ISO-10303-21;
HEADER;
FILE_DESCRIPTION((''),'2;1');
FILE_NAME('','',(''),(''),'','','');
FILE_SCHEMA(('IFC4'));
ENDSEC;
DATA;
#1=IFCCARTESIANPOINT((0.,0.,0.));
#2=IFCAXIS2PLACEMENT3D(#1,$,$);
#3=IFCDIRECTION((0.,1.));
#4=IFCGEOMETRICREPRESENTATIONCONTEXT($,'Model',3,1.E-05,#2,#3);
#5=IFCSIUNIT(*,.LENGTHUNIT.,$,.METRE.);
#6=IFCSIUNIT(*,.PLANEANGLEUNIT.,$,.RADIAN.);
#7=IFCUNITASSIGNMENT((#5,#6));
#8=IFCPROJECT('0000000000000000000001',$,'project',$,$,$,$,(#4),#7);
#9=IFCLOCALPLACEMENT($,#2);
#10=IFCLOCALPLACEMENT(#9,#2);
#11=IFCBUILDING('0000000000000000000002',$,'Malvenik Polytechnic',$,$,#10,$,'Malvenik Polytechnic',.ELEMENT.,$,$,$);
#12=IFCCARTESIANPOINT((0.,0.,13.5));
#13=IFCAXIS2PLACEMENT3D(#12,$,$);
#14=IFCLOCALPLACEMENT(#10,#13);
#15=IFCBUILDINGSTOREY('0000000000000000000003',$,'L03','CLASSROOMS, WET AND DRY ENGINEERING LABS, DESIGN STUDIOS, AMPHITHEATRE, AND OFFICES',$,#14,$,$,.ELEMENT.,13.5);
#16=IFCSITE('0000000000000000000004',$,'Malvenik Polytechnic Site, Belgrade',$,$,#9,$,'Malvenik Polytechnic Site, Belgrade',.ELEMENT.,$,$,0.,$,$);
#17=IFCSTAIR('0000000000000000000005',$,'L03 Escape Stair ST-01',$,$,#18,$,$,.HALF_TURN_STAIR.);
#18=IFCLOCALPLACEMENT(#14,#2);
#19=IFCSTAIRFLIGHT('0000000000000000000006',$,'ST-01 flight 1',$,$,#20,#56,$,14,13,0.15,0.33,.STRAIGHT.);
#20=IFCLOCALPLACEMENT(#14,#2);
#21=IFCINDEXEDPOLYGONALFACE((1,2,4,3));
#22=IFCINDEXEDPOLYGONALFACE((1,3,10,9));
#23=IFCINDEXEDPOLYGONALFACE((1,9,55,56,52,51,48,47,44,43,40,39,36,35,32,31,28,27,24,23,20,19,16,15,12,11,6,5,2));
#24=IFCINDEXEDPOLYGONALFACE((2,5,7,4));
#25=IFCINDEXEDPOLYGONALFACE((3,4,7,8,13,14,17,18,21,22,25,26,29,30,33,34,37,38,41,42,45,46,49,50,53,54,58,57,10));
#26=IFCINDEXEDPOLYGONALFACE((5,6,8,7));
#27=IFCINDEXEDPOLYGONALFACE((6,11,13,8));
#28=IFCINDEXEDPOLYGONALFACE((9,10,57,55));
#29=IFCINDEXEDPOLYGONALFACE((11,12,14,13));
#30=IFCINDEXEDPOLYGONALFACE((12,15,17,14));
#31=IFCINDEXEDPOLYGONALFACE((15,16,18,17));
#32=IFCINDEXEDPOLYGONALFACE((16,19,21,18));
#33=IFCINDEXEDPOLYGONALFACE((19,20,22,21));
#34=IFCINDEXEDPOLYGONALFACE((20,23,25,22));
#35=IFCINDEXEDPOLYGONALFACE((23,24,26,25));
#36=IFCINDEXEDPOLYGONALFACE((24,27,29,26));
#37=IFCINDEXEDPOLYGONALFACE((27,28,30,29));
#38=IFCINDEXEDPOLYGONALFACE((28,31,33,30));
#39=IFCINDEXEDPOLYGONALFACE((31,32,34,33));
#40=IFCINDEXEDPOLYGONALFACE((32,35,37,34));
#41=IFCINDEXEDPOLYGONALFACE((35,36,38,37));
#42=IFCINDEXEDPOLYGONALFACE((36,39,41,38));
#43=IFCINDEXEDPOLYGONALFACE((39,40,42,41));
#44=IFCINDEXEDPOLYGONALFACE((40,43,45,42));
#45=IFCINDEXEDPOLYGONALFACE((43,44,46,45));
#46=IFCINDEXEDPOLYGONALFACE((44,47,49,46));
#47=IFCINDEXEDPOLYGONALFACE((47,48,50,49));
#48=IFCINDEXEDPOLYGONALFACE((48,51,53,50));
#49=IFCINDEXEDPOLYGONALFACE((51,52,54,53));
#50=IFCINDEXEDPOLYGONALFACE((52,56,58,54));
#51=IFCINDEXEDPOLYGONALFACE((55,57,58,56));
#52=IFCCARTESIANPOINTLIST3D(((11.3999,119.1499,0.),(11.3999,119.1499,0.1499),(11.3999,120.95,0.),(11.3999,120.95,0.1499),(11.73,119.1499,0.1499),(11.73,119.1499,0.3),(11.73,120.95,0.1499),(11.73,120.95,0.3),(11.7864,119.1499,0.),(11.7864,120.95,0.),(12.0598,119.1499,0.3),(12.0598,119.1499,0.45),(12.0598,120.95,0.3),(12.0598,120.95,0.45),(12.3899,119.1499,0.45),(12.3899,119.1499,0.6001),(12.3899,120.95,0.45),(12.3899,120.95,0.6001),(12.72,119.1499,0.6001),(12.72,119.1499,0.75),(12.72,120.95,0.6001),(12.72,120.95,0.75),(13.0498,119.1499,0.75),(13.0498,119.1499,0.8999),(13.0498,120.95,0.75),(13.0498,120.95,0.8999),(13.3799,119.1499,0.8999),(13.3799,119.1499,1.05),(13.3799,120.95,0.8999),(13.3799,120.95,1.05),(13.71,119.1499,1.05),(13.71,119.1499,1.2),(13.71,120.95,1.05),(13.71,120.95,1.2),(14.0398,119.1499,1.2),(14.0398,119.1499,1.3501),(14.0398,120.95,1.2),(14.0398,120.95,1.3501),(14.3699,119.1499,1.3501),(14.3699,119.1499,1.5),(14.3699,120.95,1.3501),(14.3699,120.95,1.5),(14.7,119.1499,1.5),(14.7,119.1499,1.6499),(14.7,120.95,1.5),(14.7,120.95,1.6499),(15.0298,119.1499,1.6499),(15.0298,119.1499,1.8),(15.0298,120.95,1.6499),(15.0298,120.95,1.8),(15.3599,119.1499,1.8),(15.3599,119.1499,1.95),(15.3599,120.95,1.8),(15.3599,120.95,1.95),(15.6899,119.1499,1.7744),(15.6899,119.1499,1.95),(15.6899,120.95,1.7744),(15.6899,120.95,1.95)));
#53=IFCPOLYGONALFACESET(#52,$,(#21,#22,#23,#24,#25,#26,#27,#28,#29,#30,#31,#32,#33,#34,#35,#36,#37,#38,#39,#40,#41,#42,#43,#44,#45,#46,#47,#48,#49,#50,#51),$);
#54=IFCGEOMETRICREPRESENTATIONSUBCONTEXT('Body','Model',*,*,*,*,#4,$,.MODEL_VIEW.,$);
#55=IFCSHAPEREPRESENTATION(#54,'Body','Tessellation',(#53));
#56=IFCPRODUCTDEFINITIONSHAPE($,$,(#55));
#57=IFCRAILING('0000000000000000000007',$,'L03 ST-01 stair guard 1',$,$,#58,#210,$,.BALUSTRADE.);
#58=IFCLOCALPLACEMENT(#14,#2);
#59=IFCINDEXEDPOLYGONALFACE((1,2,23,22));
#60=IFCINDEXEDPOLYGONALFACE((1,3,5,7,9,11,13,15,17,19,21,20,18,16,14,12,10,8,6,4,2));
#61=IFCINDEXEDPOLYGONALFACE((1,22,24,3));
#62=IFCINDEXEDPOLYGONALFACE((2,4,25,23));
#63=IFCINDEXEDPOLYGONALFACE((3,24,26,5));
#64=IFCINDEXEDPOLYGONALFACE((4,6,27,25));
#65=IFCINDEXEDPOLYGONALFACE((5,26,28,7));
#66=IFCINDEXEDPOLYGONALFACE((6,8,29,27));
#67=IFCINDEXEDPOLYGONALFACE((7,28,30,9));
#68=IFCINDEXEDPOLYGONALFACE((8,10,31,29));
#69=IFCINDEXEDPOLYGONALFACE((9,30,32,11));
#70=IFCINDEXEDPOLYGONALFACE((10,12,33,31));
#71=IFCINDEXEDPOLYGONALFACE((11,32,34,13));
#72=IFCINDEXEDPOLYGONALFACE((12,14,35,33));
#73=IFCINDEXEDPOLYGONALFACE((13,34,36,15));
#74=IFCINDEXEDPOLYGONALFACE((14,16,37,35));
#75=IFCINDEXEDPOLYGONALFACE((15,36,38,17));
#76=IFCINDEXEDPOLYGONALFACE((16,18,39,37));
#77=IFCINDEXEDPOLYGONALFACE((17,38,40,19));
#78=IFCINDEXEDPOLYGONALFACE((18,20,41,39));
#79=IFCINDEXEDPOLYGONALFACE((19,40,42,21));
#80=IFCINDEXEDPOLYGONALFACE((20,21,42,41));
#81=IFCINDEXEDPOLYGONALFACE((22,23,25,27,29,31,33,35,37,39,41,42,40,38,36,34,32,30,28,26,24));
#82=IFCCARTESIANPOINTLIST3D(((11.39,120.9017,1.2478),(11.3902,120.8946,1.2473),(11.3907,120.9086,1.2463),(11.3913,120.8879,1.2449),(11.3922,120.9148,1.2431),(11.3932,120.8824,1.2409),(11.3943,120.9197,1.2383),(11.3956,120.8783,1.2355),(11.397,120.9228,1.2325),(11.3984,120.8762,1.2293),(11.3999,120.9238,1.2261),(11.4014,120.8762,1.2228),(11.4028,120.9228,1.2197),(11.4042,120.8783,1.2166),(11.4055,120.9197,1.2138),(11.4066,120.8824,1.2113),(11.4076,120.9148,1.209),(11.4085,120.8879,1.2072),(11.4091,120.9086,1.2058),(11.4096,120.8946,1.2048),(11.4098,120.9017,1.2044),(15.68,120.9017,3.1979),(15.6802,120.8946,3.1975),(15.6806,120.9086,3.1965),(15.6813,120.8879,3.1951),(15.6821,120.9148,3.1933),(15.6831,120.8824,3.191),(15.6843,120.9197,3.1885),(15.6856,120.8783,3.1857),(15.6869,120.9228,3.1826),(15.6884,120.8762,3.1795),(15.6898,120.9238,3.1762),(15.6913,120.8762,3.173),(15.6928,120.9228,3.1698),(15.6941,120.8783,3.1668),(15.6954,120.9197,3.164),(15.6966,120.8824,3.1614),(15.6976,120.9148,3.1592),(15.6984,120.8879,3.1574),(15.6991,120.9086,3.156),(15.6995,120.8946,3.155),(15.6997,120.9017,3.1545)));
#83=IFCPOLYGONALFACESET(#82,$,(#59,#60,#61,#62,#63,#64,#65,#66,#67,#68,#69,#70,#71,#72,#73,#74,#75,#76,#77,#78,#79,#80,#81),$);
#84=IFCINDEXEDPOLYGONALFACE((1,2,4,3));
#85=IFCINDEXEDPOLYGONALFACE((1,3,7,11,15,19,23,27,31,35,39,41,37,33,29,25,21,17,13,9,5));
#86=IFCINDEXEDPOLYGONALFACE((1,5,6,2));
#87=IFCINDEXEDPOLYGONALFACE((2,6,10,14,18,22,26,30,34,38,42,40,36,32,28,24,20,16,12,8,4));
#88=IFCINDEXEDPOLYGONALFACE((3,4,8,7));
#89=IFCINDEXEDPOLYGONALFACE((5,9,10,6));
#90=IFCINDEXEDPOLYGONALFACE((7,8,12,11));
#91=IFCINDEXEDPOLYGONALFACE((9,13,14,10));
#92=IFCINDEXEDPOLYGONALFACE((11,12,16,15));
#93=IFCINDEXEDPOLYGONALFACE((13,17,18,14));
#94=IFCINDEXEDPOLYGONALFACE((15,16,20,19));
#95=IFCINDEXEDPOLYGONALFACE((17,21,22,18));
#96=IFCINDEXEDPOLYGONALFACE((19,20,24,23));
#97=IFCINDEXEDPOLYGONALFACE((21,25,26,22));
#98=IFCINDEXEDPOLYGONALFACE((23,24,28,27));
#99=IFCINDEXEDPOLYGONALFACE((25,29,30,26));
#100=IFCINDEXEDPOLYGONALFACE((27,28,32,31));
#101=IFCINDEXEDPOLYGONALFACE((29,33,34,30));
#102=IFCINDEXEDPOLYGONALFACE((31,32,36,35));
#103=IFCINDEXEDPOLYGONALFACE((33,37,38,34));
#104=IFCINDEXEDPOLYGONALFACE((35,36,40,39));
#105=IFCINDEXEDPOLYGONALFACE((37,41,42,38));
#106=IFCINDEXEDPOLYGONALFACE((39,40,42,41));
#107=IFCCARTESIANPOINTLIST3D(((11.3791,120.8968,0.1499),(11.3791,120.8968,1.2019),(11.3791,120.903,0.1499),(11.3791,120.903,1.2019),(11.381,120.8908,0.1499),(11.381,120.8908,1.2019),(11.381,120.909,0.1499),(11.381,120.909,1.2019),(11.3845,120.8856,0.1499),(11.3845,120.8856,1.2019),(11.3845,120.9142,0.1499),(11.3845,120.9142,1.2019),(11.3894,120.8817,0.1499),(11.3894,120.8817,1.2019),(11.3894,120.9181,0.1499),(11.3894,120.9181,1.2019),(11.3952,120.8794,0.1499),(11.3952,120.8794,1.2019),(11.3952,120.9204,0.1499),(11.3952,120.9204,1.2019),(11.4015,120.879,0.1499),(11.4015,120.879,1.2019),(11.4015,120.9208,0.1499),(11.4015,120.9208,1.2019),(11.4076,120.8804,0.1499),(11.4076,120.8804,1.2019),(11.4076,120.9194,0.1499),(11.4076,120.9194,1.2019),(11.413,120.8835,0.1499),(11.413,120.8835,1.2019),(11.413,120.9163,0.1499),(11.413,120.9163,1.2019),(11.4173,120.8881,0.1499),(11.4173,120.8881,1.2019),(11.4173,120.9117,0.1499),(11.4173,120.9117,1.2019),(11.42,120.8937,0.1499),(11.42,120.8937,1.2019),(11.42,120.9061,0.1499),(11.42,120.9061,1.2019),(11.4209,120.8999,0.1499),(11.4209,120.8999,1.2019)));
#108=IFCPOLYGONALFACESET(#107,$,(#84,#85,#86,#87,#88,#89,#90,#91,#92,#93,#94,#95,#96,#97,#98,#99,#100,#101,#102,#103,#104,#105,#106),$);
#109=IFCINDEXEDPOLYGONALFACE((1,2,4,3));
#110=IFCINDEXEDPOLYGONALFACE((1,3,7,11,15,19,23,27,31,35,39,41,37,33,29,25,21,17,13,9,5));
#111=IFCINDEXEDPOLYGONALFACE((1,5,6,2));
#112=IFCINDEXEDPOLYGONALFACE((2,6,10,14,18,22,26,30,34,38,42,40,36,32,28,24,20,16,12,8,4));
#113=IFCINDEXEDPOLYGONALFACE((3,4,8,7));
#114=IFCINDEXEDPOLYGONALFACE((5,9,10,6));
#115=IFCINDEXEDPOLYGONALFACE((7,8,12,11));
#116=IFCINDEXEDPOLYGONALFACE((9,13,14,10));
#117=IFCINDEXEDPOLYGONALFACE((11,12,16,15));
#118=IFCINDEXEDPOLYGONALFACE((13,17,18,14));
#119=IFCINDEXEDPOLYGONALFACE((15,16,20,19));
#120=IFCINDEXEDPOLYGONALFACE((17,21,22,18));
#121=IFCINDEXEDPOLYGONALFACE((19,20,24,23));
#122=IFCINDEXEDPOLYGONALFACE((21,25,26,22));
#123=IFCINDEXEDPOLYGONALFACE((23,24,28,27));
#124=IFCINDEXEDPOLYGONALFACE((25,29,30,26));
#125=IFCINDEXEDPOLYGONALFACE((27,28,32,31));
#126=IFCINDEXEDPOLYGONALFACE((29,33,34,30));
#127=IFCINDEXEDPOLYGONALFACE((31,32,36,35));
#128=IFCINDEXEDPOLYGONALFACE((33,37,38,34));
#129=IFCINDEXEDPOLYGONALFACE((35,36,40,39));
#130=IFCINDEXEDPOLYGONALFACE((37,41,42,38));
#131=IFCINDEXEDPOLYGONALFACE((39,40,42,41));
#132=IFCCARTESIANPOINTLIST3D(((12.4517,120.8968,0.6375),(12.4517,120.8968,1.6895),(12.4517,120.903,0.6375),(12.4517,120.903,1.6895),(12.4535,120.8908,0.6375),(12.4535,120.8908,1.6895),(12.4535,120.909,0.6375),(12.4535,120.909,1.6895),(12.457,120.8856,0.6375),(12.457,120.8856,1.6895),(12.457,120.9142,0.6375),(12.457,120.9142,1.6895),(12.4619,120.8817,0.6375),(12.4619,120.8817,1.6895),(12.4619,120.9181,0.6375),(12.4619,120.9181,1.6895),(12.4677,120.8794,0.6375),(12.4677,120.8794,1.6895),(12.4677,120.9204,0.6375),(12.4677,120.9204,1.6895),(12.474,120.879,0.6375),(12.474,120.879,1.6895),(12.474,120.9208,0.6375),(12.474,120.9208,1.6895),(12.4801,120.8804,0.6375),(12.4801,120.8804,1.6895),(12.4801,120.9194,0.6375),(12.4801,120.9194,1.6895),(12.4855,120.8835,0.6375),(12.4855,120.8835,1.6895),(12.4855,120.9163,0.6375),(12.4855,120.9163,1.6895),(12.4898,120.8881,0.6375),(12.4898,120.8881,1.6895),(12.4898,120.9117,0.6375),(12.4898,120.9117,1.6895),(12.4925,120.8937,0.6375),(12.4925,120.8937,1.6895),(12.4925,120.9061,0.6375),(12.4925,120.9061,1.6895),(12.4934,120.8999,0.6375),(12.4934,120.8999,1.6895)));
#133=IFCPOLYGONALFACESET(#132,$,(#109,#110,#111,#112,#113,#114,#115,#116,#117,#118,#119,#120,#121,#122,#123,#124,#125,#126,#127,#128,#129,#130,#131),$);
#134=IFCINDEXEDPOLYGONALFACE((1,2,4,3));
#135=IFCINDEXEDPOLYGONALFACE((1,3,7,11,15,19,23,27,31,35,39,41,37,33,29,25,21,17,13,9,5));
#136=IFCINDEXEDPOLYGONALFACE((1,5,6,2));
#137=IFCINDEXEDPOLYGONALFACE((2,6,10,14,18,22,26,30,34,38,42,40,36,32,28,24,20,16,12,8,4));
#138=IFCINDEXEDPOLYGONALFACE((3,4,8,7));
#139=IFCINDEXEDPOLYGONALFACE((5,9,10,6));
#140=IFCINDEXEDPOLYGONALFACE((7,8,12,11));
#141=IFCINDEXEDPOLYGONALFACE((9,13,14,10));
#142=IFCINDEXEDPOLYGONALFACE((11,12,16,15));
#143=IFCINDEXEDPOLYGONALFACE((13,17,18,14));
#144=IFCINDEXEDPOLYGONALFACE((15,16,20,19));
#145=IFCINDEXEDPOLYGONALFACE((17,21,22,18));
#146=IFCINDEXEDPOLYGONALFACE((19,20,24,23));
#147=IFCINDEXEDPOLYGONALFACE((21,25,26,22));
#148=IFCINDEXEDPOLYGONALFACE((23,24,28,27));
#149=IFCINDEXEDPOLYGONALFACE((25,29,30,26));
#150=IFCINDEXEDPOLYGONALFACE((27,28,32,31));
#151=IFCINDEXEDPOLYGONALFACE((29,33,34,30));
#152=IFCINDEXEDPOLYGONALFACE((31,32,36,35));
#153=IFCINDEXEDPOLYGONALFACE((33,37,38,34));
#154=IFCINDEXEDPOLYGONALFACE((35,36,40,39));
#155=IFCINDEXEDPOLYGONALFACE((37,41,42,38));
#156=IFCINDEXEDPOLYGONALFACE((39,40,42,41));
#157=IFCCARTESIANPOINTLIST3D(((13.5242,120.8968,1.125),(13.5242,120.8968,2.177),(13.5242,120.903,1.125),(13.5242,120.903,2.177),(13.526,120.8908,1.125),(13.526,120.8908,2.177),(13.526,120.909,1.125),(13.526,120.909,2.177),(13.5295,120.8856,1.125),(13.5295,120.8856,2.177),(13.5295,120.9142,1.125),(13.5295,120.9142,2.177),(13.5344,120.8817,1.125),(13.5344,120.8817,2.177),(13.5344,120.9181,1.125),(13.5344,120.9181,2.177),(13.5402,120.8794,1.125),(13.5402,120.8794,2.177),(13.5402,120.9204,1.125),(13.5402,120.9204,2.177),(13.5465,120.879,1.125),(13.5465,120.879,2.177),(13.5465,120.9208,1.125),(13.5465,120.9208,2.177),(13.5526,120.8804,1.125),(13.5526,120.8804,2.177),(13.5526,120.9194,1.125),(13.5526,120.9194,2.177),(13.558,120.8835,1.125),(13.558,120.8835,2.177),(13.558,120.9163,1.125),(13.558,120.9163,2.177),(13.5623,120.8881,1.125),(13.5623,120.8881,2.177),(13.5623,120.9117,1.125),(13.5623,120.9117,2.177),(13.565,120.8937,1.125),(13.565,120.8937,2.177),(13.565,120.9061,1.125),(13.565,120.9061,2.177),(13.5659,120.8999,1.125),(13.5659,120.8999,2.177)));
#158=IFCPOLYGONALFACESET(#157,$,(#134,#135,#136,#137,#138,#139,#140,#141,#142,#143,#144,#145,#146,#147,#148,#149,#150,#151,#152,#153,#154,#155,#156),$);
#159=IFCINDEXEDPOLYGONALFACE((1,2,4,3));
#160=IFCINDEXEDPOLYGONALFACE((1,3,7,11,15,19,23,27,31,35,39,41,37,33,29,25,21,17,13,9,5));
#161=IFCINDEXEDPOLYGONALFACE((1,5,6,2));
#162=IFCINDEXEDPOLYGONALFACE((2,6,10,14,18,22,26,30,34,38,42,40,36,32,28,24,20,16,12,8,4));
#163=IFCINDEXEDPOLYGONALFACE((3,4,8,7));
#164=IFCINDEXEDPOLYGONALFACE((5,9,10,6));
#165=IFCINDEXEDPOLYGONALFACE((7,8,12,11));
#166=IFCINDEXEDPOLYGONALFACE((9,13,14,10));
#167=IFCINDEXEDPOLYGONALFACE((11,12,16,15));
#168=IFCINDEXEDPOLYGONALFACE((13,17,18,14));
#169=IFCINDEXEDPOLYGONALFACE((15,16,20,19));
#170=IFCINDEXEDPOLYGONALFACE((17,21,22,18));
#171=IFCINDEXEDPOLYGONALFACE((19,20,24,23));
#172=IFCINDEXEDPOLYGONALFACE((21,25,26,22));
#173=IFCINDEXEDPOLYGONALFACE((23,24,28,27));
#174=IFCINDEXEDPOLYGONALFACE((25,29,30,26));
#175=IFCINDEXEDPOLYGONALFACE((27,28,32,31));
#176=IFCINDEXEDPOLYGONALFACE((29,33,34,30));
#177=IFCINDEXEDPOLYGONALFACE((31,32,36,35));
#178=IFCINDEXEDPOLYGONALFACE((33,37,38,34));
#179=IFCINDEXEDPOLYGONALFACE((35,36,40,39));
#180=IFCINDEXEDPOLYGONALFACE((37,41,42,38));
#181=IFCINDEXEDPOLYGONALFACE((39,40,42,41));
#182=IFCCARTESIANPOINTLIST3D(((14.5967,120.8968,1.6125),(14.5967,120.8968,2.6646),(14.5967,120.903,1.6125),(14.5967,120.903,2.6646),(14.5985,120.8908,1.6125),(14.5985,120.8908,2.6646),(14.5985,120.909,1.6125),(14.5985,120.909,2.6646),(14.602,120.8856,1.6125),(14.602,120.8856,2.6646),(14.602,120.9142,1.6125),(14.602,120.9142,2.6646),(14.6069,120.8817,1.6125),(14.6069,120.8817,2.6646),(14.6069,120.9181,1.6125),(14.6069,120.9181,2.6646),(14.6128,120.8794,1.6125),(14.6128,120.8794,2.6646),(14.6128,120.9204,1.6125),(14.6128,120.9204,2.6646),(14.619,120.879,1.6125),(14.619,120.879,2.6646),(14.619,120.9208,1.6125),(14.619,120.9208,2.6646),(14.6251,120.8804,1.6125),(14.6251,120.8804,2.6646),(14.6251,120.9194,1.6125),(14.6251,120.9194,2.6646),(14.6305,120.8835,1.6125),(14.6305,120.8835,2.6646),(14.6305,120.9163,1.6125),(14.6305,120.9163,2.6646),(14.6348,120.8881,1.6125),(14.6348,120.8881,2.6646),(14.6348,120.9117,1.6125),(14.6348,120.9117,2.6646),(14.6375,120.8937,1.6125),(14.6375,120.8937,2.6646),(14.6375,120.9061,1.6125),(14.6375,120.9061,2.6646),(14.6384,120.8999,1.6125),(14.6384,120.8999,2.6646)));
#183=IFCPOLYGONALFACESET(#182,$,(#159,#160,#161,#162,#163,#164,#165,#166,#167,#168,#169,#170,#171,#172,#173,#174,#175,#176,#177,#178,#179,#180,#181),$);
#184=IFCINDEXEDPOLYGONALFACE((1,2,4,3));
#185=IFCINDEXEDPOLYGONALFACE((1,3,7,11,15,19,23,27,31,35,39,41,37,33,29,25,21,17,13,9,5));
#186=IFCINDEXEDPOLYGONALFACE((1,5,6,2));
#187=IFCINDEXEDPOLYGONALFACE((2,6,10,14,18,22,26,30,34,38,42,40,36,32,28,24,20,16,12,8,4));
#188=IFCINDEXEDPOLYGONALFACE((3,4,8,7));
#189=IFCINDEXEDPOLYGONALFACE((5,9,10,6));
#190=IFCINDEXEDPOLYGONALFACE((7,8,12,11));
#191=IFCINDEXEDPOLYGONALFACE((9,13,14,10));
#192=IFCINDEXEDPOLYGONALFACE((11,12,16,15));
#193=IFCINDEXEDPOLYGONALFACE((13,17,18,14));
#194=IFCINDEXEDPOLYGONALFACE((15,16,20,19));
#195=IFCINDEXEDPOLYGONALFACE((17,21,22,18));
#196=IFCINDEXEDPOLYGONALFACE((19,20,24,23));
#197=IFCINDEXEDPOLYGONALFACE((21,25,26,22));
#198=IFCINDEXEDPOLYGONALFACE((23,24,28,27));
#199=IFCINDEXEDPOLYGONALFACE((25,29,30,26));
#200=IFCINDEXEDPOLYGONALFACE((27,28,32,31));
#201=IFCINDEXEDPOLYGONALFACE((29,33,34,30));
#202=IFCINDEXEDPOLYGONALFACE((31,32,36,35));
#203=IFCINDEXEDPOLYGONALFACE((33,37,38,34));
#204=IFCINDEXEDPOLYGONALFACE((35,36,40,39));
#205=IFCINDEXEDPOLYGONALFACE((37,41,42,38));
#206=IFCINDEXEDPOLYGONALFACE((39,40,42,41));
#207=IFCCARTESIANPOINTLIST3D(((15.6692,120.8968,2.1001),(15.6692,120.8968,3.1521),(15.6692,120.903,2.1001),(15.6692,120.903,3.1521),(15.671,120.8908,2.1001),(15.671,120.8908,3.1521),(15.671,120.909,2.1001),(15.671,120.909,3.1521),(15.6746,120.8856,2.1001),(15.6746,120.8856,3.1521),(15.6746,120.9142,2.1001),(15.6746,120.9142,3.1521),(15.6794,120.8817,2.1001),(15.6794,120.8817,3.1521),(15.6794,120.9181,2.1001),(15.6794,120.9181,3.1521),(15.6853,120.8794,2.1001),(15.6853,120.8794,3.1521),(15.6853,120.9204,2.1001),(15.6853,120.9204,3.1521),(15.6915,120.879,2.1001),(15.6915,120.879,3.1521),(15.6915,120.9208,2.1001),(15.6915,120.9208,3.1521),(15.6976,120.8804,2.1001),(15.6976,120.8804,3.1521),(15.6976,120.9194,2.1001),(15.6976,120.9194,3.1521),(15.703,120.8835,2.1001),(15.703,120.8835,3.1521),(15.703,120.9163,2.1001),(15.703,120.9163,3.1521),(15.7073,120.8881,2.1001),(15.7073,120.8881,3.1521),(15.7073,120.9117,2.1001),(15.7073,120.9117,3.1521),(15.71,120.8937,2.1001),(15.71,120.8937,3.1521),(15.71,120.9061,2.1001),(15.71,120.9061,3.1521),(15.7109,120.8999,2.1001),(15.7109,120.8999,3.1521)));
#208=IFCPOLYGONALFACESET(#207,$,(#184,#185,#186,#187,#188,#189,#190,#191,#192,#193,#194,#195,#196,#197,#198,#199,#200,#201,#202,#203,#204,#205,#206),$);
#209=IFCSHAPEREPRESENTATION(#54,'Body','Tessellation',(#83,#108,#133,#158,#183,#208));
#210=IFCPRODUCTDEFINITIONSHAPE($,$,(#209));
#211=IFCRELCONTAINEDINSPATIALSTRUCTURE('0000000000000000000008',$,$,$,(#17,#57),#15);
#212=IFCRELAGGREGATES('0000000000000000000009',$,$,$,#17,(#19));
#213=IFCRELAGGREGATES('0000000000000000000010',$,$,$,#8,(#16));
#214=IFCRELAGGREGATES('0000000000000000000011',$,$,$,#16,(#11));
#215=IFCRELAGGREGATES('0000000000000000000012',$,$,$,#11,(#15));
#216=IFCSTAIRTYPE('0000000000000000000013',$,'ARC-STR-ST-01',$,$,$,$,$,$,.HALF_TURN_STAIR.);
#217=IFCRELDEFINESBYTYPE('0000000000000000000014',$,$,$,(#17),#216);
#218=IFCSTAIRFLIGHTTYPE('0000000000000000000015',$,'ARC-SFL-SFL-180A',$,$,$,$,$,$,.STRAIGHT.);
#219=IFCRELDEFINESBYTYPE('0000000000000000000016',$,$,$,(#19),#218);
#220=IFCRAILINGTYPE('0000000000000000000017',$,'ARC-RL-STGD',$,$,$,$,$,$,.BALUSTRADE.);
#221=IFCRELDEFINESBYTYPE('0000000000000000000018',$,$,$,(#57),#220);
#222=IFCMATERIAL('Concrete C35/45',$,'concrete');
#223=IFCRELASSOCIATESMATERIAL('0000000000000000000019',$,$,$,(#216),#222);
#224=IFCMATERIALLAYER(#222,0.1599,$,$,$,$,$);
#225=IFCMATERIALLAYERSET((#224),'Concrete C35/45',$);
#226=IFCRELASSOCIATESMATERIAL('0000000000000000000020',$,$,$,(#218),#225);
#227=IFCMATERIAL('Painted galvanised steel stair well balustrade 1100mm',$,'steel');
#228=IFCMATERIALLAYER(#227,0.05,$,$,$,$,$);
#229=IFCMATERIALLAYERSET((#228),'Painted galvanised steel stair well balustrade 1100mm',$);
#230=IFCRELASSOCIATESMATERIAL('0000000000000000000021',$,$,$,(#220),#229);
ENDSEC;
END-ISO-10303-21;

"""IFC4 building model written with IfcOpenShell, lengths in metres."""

from ifc_helpers import new_model, si_unit, direction, frame, origin, origin_2d, place, context, subcontext, project, spatial, polyline, circle, outline, extrude, material, layer, layer_set, type_object, element, aggregate, save


model = new_model("IFC4")

# Units and contexts
model_context = context("Model", 3, precision=1e-05, world=origin(), true_north=direction((0.0, 1.0)))
body_context = subcontext(model_context, "Body", "Model", "MODEL_VIEW")
ifc_project = project(units=[si_unit("LENGTHUNIT", "METRE"), si_unit("PLANEANGLEUNIT", "RADIAN")], contexts=[model_context])

# Site, building, storey
site_placement = place(None, origin())
site = spatial("IfcSite", under=ifc_project, at=site_placement, Name="Malvenik Polytechnic Site, Belgrade", LongName="Malvenik Polytechnic Site, Belgrade", CompositionType="ELEMENT", RefElevation=0.0)
building_placement = place(site_placement, origin())
building = spatial("IfcBuilding", under=site, at=building_placement, Name="Malvenik Polytechnic", LongName="Malvenik Polytechnic", CompositionType="ELEMENT")
storey_placement = place(building_placement, frame((0.0, 0.0, 13.5)))
storey = spatial("IfcBuildingStorey", under=building, at=storey_placement, Name="L03", Description="CLASSROOMS, WET AND DRY ENGINEERING LABS, DESIGN STUDIOS, AMPHITHEATRE, AND OFFICES", CompositionType="ELEMENT", Elevation=13.5)

# Shared definitions
ifc_material_1 = material(Name="Concrete C35/45", Category="concrete")

# Stair, stair flight
stair_type = type_object("IfcStairType", Name="ARC-STR-ST-01", PredefinedType="HALF_TURN_STAIR", material=ifc_material_1)
stair_placement = place(storey_placement, origin())
stair = element("IfcStair", 1, at=stair_placement, inside=storey, type_object=stair_type, Name="L03 Escape Stair ST-01", PredefinedType="HALF_TURN_STAIR")
ifc_layer_1 = layer(ifc_material_1, 0.1599)
ifc_layer_set_1 = layer_set([ifc_layer_1], Name="Concrete C35/45")
stair_flight_type = type_object("IfcStairFlightType", Name="ARC-SFL-SFL-180A", PredefinedType="STRAIGHT", material=ifc_layer_set_1)
stair_flight_placement = place(storey_placement, frame((11.3999, 120.05, 0.0), z_axis=(0.0, 0.0, 1.0), x_axis=(1.0, 0.0, 0.0)))
stair_flight = element("IfcStairFlight", 2, at=stair_flight_placement, type_object=stair_flight_type, Name="ST-01 flight 1", NumberOfRisers=14, NumberOfTreads=13, PredefinedType="STRAIGHT", RiserHeight=0.15, TreadLength=0.33, context=body_context, shape_type="SweptSolid", body=[
    extrude(outline(polyline([(0.0, 0.0), (0.0, 0.1499), (0.3301, 0.1499), (0.3301, 0.3), (0.6599, 0.3), (0.6599, 0.45), (0.99, 0.45), (0.99, 0.6001), (1.3201, 0.6001), (1.3201, 0.75), (1.6499, 0.75), (1.6499, 0.8999), (1.98, 0.8999), (1.98, 1.05), (2.3101, 1.05), (2.3101, 1.2), (2.6399, 1.2), (2.6399, 1.3501), (2.97, 1.3501), (2.97, 1.5), (3.3, 1.5), (3.3, 1.6499), (3.6299, 1.6499), (3.6299, 1.8), (3.96, 1.8), (3.96, 1.95), (4.29, 1.95), (4.29, 2.1001), (4.29, 1.7744), (0.3865, 0.0), (0.0, 0.0)])), frame((0.0, 0.8999, 0.0), z_axis=(0.0, -1.0, 0.0), x_axis=(1.0, 0.0, 0.0)), (0.0, 0.0, 1.0), 1.8),
])
aggregate(stair, [stair_flight])

# Railing
ifc_material_2 = material(Name="Painted galvanised steel stair well balustrade 1100mm", Category="steel")
ifc_layer_2 = layer(ifc_material_2, 0.05)
ifc_layer_set_2 = layer_set([ifc_layer_2], Name="Painted galvanised steel stair well balustrade 1100mm")
railing_type_1 = type_object("IfcRailingType", Name="ARC-RL-STGD", PredefinedType="BALUSTRADE", material=ifc_layer_set_2)
railing_1_placement = place(storey_placement, frame((11.3999, 120.8999, 0.1499)))
element("IfcRailing", 3, at=railing_1_placement, inside=storey, type_object=railing_type_1, Name="L03 ST-01 stair guard 1", PredefinedType="BALUSTRADE", context=body_context, shape_type="SweptSolid", body=[
    extrude(circle(Radius=0.0239, at=origin_2d()), frame((0.0, 0.0, 1.0762), z_axis=(0.910352, 0.0, 0.413834), x_axis=(0.0, 1.0, 0.0)), (0.0, 0.0, 1.0), 4.7124),
    extrude(circle(Radius=0.021, at=origin_2d()), origin(), (0.0, 0.0, 1.0), 1.052),
    extrude(circle(Radius=0.021, at=origin_2d()), frame((1.0725, 0.0, 0.4875)), (0.0, 0.0, 1.0), 1.052),
    extrude(circle(Radius=0.021, at=origin_2d()), frame((2.145, 0.0, 0.9751)), (0.0, 0.0, 1.0), 1.052),
    extrude(circle(Radius=0.021, at=origin_2d()), frame((3.2175, 0.0, 1.4626)), (0.0, 0.0, 1.0), 1.052),
    extrude(circle(Radius=0.021, at=origin_2d()), frame((4.29, 0.0, 1.9502)), (0.0, 0.0, 1.0), 1.052),
])

save(model, "model.ifc")
